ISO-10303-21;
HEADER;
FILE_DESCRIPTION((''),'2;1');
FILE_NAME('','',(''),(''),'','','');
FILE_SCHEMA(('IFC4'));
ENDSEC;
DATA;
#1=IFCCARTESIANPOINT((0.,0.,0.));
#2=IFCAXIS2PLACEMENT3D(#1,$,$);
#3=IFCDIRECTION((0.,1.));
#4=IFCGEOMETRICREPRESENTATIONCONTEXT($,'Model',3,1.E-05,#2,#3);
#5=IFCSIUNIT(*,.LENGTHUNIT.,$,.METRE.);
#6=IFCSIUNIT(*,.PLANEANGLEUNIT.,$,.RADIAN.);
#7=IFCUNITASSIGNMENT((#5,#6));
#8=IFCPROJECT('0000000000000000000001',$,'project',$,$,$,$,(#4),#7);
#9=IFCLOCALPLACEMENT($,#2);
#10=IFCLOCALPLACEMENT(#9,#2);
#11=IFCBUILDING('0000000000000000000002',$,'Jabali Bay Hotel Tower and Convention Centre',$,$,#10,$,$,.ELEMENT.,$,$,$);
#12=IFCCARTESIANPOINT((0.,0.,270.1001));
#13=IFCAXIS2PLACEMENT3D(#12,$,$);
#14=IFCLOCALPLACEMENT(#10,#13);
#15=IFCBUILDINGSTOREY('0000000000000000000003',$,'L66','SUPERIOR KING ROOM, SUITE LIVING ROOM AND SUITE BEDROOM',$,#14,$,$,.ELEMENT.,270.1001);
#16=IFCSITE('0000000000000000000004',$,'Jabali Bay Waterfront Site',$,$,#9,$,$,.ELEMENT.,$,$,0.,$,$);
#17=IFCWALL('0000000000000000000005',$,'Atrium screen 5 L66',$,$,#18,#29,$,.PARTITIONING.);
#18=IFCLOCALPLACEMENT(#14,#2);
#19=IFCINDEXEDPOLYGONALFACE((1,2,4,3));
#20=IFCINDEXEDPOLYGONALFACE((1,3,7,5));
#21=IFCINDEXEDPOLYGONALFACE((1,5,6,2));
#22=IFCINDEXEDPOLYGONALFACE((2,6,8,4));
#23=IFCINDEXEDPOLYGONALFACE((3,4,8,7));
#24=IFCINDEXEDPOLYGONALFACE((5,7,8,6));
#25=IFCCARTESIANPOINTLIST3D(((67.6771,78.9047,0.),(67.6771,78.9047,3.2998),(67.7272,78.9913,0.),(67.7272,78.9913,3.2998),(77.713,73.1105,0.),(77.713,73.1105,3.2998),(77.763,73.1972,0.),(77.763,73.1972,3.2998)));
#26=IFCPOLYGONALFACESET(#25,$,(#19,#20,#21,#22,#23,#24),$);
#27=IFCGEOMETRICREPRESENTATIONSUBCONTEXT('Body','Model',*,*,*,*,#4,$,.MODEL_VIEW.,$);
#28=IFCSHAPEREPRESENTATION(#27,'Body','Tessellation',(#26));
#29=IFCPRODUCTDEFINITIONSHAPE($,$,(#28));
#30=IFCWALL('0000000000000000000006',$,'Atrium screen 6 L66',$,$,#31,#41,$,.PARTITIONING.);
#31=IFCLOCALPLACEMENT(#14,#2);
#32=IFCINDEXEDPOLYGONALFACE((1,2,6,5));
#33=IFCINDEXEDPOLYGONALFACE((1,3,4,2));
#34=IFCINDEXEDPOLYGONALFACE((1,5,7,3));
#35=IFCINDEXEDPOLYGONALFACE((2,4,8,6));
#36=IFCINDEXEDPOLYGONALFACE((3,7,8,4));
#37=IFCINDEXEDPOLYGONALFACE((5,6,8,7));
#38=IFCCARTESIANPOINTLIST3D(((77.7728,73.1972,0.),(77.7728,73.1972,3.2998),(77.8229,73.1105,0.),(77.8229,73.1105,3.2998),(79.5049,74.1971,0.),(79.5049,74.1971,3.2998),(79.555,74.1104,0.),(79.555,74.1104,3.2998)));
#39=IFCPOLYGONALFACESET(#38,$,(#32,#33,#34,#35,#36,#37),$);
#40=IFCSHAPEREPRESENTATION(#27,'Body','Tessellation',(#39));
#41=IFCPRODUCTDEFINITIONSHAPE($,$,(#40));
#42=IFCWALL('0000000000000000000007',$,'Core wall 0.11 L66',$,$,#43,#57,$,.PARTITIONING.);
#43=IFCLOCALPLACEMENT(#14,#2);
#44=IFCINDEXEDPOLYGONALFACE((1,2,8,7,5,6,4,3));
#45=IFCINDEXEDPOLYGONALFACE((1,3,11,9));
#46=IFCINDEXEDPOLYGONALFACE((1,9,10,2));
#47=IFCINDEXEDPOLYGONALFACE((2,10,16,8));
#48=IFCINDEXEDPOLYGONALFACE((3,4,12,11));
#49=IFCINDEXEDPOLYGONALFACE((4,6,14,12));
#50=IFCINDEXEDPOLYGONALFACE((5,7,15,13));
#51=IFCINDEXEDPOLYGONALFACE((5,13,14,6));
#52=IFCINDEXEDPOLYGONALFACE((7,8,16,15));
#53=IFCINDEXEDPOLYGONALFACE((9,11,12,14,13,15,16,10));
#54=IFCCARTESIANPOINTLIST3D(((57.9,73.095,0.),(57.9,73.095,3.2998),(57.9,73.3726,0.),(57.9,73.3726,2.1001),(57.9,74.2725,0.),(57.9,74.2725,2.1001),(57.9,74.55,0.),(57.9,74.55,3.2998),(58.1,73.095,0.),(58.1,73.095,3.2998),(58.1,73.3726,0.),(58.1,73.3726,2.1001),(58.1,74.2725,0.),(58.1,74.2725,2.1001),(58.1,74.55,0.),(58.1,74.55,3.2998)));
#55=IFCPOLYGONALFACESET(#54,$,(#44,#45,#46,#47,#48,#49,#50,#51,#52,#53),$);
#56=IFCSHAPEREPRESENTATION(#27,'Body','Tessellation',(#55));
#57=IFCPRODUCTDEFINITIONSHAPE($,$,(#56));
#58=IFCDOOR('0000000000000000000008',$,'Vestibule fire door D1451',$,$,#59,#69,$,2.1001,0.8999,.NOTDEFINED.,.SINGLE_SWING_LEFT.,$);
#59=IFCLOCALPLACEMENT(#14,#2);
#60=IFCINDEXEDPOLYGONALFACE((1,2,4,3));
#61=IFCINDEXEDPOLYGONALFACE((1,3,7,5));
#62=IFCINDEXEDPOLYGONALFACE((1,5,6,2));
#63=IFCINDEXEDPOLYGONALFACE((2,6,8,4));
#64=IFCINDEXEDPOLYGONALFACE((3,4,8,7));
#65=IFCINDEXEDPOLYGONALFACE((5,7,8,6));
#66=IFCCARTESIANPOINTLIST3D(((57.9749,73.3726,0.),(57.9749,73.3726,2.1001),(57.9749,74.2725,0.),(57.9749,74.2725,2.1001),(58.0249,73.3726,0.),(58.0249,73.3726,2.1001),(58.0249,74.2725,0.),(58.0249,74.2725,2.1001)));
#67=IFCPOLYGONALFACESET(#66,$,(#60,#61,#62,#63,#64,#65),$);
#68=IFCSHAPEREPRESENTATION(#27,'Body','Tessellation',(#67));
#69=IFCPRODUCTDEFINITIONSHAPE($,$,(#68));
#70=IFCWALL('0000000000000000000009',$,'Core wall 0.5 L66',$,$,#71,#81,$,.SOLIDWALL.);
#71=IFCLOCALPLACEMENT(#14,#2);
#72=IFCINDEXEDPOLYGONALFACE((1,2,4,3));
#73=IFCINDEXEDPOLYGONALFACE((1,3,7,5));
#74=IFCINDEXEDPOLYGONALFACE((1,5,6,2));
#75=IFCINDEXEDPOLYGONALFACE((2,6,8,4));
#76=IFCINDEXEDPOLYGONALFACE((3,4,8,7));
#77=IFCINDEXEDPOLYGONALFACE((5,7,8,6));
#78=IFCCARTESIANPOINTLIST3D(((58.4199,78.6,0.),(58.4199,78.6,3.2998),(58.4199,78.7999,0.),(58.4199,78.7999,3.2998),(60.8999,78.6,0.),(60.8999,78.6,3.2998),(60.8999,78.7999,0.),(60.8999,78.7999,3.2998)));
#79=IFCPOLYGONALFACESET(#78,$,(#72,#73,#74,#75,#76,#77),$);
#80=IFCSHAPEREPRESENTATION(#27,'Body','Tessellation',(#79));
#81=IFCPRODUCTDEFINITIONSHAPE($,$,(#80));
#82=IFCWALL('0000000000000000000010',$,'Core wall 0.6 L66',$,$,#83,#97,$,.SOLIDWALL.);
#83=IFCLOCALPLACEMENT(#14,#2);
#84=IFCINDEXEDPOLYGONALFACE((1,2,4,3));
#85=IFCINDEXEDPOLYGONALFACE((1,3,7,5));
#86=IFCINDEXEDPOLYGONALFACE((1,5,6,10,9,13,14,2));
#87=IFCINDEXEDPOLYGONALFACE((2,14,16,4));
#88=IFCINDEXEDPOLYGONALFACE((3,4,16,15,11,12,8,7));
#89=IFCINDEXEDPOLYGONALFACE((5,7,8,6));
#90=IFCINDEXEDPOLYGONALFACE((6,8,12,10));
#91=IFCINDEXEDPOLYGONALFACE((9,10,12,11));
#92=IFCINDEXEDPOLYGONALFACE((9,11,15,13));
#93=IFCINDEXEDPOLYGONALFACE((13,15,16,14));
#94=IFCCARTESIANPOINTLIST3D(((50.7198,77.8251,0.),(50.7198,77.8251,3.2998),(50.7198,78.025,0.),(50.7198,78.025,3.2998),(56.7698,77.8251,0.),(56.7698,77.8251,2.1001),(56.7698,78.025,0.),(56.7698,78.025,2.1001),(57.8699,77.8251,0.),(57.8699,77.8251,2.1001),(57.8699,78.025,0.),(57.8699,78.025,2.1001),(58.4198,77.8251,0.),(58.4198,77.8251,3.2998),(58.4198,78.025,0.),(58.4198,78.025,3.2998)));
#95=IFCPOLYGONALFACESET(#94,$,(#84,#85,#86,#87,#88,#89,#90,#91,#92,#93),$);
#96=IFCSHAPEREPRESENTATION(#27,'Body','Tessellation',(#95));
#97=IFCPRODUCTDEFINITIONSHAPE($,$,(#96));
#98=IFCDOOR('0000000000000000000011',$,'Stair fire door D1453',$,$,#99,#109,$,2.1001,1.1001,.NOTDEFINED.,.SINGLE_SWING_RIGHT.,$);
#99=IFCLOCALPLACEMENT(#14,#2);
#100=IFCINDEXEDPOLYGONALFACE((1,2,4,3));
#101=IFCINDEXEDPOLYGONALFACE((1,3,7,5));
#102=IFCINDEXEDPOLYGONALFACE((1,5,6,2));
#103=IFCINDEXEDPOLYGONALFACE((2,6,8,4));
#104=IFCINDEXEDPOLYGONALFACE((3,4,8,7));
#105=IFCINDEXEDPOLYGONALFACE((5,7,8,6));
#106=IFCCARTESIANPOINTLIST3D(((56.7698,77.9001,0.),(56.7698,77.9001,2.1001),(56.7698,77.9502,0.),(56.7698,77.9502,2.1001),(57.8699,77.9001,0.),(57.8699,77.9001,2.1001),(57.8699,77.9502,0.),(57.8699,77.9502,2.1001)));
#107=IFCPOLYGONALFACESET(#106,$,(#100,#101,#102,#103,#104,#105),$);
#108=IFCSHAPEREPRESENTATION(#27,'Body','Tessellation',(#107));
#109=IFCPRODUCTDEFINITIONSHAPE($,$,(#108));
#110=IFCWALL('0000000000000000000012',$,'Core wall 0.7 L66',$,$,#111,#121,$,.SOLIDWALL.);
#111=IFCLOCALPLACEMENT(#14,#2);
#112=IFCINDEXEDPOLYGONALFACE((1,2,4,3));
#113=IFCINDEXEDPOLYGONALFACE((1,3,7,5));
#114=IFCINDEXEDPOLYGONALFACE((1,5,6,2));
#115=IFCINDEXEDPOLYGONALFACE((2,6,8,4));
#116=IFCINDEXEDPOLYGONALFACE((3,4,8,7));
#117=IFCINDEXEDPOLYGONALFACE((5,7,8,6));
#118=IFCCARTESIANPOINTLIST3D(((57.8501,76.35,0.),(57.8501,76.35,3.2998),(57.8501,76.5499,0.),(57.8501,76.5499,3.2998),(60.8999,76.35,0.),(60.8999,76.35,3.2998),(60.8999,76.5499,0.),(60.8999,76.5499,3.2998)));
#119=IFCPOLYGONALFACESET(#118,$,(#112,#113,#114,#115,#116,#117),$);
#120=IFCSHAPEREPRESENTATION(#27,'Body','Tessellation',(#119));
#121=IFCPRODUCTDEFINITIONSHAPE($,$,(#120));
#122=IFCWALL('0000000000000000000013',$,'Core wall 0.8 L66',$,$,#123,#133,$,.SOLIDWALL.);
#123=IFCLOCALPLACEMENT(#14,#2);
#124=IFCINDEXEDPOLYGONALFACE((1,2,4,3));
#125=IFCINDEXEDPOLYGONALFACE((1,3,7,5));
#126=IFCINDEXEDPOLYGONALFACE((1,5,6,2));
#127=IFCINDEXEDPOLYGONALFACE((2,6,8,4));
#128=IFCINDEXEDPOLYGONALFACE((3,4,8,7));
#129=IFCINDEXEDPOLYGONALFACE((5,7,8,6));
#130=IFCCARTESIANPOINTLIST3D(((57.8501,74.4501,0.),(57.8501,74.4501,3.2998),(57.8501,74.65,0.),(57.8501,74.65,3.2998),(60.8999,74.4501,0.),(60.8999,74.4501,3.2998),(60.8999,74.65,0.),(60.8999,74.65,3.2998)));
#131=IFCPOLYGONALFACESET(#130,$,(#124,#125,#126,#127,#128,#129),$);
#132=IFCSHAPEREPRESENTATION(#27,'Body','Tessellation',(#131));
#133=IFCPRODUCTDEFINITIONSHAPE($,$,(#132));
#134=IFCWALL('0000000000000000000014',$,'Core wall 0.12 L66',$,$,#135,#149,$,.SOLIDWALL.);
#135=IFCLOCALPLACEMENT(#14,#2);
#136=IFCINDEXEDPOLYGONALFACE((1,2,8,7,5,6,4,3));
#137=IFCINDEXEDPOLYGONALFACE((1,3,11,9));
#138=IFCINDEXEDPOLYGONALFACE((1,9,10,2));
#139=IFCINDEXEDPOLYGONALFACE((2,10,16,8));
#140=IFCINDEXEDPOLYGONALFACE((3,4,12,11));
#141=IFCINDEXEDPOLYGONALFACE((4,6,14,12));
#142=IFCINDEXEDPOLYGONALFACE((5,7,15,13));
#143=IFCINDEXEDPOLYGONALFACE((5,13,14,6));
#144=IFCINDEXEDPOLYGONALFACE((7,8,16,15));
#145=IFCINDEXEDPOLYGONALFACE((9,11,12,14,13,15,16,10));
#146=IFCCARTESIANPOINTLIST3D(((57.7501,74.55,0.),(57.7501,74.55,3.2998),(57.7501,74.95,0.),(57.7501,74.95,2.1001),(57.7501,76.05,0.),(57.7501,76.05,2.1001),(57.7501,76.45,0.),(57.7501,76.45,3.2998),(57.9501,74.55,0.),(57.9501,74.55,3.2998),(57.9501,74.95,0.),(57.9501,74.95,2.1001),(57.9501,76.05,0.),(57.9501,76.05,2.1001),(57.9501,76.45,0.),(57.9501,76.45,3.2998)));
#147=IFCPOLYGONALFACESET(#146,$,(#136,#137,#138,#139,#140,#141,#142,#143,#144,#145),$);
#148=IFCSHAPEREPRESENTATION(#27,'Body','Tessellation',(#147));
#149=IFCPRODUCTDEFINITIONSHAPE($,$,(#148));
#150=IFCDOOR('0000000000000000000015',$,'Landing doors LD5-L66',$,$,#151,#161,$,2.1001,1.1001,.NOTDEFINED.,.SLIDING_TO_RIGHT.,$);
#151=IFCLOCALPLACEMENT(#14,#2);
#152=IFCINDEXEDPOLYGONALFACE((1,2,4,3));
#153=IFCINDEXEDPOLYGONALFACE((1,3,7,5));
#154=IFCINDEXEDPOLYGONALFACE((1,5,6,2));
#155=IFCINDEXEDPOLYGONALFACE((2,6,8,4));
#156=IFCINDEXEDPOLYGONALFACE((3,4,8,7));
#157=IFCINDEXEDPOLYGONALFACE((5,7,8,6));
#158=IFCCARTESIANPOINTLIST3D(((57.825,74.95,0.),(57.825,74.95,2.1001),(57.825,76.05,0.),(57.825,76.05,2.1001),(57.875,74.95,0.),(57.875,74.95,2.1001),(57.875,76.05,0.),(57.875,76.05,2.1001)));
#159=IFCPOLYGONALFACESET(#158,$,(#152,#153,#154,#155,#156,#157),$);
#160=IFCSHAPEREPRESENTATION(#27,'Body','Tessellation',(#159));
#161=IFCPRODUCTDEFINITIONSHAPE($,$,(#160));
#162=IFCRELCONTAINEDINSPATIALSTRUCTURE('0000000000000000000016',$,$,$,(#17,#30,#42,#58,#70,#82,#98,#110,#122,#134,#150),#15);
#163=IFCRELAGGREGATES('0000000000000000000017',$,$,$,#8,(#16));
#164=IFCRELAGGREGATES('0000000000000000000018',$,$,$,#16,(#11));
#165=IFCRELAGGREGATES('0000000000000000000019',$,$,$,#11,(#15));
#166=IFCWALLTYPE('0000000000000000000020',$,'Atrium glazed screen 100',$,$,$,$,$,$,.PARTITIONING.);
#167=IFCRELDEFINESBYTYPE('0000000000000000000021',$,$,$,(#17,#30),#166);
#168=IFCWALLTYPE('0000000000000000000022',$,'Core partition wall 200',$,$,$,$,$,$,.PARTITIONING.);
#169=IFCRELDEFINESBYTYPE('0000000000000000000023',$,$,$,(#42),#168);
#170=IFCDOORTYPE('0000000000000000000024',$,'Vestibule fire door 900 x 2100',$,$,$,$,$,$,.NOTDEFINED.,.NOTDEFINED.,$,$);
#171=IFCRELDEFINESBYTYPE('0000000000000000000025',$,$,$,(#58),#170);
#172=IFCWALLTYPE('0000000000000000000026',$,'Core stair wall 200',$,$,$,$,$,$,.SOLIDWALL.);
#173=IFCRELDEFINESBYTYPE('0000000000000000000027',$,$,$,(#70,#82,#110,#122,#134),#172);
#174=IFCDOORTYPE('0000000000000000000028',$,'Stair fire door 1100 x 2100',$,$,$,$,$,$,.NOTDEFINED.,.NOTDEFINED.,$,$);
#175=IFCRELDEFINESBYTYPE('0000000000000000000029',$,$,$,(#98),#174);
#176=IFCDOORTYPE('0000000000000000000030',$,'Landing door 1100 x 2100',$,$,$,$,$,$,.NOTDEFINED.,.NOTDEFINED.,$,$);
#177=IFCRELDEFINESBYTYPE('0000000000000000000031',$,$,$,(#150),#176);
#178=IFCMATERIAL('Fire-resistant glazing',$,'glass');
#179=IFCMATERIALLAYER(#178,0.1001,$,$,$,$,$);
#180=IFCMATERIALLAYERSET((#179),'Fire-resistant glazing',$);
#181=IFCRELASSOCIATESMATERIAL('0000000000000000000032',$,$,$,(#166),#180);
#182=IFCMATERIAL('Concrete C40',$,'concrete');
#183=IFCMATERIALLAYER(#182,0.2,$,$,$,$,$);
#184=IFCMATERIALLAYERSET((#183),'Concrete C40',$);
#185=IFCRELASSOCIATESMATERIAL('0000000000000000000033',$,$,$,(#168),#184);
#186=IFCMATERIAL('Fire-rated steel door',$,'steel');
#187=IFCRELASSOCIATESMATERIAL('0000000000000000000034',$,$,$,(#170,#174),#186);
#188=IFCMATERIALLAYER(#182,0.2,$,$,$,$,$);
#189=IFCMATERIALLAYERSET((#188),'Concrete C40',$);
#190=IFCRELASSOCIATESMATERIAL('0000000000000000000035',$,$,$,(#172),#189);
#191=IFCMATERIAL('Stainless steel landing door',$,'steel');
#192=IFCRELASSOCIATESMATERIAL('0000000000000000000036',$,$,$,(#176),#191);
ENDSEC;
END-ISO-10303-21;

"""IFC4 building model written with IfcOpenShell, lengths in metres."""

from ifc_helpers import new_model, si_unit, direction, frame, frame_2d, origin, place, context, subcontext, project, spatial, rectangle, extrude, material, layer, layer_set, type_object, element, fill, save


model = new_model("IFC4")

# Units and contexts
model_context = context("Model", 3, precision=1e-05, world=origin(), true_north=direction((0.0, 1.0)))
body_context = subcontext(model_context, "Body", "Model", "MODEL_VIEW")
ifc_project = project(units=[si_unit("LENGTHUNIT", "METRE"), si_unit("PLANEANGLEUNIT", "RADIAN")], contexts=[model_context])

# Site, building, storey
site_placement = place(None, origin())
site = spatial("IfcSite", under=ifc_project, at=site_placement, Name="Jabali Bay Waterfront Site", CompositionType="ELEMENT", RefElevation=0.0)
building_placement = place(site_placement, origin())
building = spatial("IfcBuilding", under=site, at=building_placement, Name="Jabali Bay Hotel Tower and Convention Centre", CompositionType="ELEMENT")
storey_placement = place(building_placement, frame((0.0, 0.0, 270.1001)))
storey = spatial("IfcBuildingStorey", under=building, at=storey_placement, Name="L66", Description="SUPERIOR KING ROOM, SUITE LIVING ROOM AND SUITE BEDROOM", CompositionType="ELEMENT", Elevation=270.1001)

# Walls
ifc_material_1 = material(Name="Fire-resistant glazing", Category="glass")
ifc_layer_1 = layer(ifc_material_1, 0.1001)
ifc_layer_set_1 = layer_set([ifc_layer_1], Name="Fire-resistant glazing")
wall_type_1 = type_object("IfcWallType", Name="Atrium glazed screen 100", PredefinedType="PARTITIONING", material=ifc_layer_set_1)
wall_1_placement = place(storey_placement, frame((67.7021, 78.948, 0.0), z_axis=(0.0, 0.0, 1.0), x_axis=(0.866027, -0.499998, 0.0)))
element("IfcWall", 1, at=wall_1_placement, inside=storey, type_object=wall_type_1, Name="Atrium screen 5 L66", PredefinedType="PARTITIONING", context=body_context, shape_type="SweptSolid", body=[
    extrude(rectangle(XDim=11.5884, YDim=0.1001, at=frame_2d((5.7942, 0.0))), origin(), (0.0, 0.0, 1.0), 3.2998),
])
wall_2_placement = place(storey_placement, frame((77.7979, 73.1538, 0.0), z_axis=(0.0, 0.0, 1.0), x_axis=(0.866041, 0.499973, 0.0)))
element("IfcWall", 2, at=wall_2_placement, inside=storey, type_object=wall_type_1, Name="Atrium screen 6 L66", PredefinedType="PARTITIONING", context=body_context, shape_type="SweptSolid", body=[
    extrude(rectangle(XDim=2.0, YDim=0.1001, at=frame_2d((1.0, 0.0))), origin(), (0.0, 0.0, 1.0), 3.2998),
])

# Wall, opening, door
ifc_material_2 = material(Name="Concrete C40", Category="concrete")
ifc_layer_2 = layer(ifc_material_2, 0.2)
ifc_layer_set_2 = layer_set([ifc_layer_2], Name="Concrete C40")
wall_type_2 = type_object("IfcWallType", Name="Core partition wall 200", PredefinedType="PARTITIONING", material=ifc_layer_set_2)
wall_3_placement = place(storey_placement, frame((58.0, 74.55, 0.0), z_axis=(0.0, 0.0, 1.0), x_axis=(0.0, -1.0, 0.0)))
wall_3 = element("IfcWall", 3, at=wall_3_placement, inside=storey, type_object=wall_type_2, Name="Core wall 0.11 L66", PredefinedType="PARTITIONING", context=body_context, shape_type="SweptSolid", body=[
    extrude(rectangle(XDim=1.4551, YDim=0.2, at=frame_2d((0.7275, 0.0))), origin(), (0.0, 0.0, 1.0), 3.2998),
])
opening_1_placement = place(wall_3_placement, frame((0.2776, 0.0, 0.0)))
opening_1 = element("IfcOpeningElement", 4, at=opening_1_placement, cuts=wall_3, PredefinedType="OPENING", context=body_context, shape_type="SweptSolid", body=[
    extrude(rectangle(XDim=0.8999, YDim=2.1001, at=frame_2d((0.45, 1.05))), frame((0.0, 0.1104, 0.0), z_axis=(0.0, -1.0, 0.0), x_axis=(1.0, 0.0, 0.0)), (0.0, 0.0, 1.0), 0.2209),
])
ifc_material_3 = material(Name="Fire-rated steel door", Category="steel")
door_type_1 = type_object("IfcDoorType", Name="Vestibule fire door 900 x 2100", OperationType="NOTDEFINED", PredefinedType="NOTDEFINED", material=ifc_material_3)
door_1_placement = place(opening_1_placement, origin())
door_1 = element("IfcDoor", 5, at=door_1_placement, inside=storey, type_object=door_type_1, Name="Vestibule fire door D1451", OperationType="SINGLE_SWING_LEFT", OverallHeight=2.1001, OverallWidth=0.8999, PredefinedType="NOTDEFINED", context=body_context, shape_type="SweptSolid", body=[
    extrude(rectangle(XDim=0.8999, YDim=2.1001, at=frame_2d((0.45, 1.05))), frame((0.0, 0.0249, 0.0), z_axis=(0.0, -1.0, 0.0), x_axis=(1.0, 0.0, 0.0)), (0.0, 0.0, 1.0), 0.05),
])
fill(opening_1, door_1)

# Wall
ifc_layer_3 = layer(ifc_material_2, 0.2)
ifc_layer_set_3 = layer_set([ifc_layer_3], Name="Concrete C40")
wall_type_3 = type_object("IfcWallType", Name="Core stair wall 200", PredefinedType="SOLIDWALL", material=ifc_layer_set_3)
wall_4_placement = place(storey_placement, frame((60.8999, 78.7, 0.0), z_axis=(0.0, 0.0, 1.0), x_axis=(-1.0, 0.0, 0.0)))
element("IfcWall", 6, at=wall_4_placement, inside=storey, type_object=wall_type_3, Name="Core wall 0.5 L66", PredefinedType="SOLIDWALL", context=body_context, shape_type="SweptSolid", body=[
    extrude(rectangle(XDim=2.48, YDim=0.2, at=frame_2d((1.24, 0.0))), origin(), (0.0, 0.0, 1.0), 3.2998),
])

# Wall, opening, door
wall_5_placement = place(storey_placement, frame((58.4199, 77.925, 0.0), z_axis=(0.0, 0.0, 1.0), x_axis=(-1.0, 0.0, 0.0)))
wall_5 = element("IfcWall", 7, at=wall_5_placement, inside=storey, type_object=wall_type_3, Name="Core wall 0.6 L66", PredefinedType="SOLIDWALL", context=body_context, shape_type="SweptSolid", body=[
    extrude(rectangle(XDim=7.7, YDim=0.2, at=frame_2d((3.8501, 0.0))), origin(), (0.0, 0.0, 1.0), 3.2998),
])
opening_2_placement = place(wall_5_placement, frame((0.55, 0.0, 0.0)))
opening_2 = element("IfcOpeningElement", 8, at=opening_2_placement, cuts=wall_5, PredefinedType="OPENING", context=body_context, shape_type="SweptSolid", body=[
    extrude(rectangle(XDim=1.1001, YDim=2.1001, at=frame_2d((0.55, 1.05))), frame((0.0, 0.1104, 0.0), z_axis=(0.0, -1.0, 0.0), x_axis=(1.0, 0.0, 0.0)), (0.0, 0.0, 1.0), 0.2209),
])
door_type_2 = type_object("IfcDoorType", Name="Stair fire door 1100 x 2100", OperationType="NOTDEFINED", PredefinedType="NOTDEFINED", material=ifc_material_3)
door_2_placement = place(opening_2_placement, origin())
door_2 = element("IfcDoor", 9, at=door_2_placement, inside=storey, type_object=door_type_2, Name="Stair fire door D1453", OperationType="SINGLE_SWING_RIGHT", OverallHeight=2.1001, OverallWidth=1.1001, PredefinedType="NOTDEFINED", context=body_context, shape_type="SweptSolid", body=[
    extrude(rectangle(XDim=1.1001, YDim=2.1001, at=frame_2d((0.55, 1.05))), frame((0.0, 0.0249, 0.0), z_axis=(0.0, -1.0, 0.0), x_axis=(1.0, 0.0, 0.0)), (0.0, 0.0, 1.0), 0.05),
])
fill(opening_2, door_2)

# Walls
for number, where, z_axis, x_axis, name in (
    (10, (60.8999, 76.45, 0.0), (0.0, 0.0, 1.0), (-1.0, 0.0, 0.0), "Core wall 0.7 L66"),
    (11, (60.8999, 74.55, 0.0), (0.0, 0.0, 1.0), (-1.0, 0.0, 0.0), "Core wall 0.8 L66"),
):
    element("IfcWall", number, at=place(storey_placement, frame(where, z_axis=z_axis, x_axis=x_axis)), inside=storey, type_object=wall_type_3, Name=name, PredefinedType="SOLIDWALL", context=body_context, shape_type="SweptSolid", body=[
        extrude(rectangle(XDim=3.0498, YDim=0.2, at=frame_2d((1.5249, 0.0))), origin(), (0.0, 0.0, 1.0), 3.2998),
    ])

# Wall, opening, door
wall_6_placement = place(storey_placement, frame((57.8501, 76.45, 0.0), z_axis=(0.0, 0.0, 1.0), x_axis=(0.0, -1.0, 0.0)))
wall_6 = element("IfcWall", 12, at=wall_6_placement, inside=storey, type_object=wall_type_3, Name="Core wall 0.12 L66", PredefinedType="SOLIDWALL", context=body_context, shape_type="SweptSolid", body=[
    extrude(rectangle(XDim=1.8999, YDim=0.2, at=frame_2d((0.95, 0.0))), origin(), (0.0, 0.0, 1.0), 3.2998),
])
opening_3_placement = place(wall_6_placement, frame((0.3999, 0.0, 0.0)))
opening_3 = element("IfcOpeningElement", 13, at=opening_3_placement, cuts=wall_6, PredefinedType="OPENING", context=body_context, shape_type="SweptSolid", body=[
    extrude(rectangle(XDim=1.1001, YDim=2.1001, at=frame_2d((0.55, 1.05))), frame((0.0, 0.1104, 0.0), z_axis=(0.0, -1.0, 0.0), x_axis=(1.0, 0.0, 0.0)), (0.0, 0.0, 1.0), 0.2209),
])
ifc_material_4 = material(Name="Stainless steel landing door", Category="steel")
door_type_3 = type_object("IfcDoorType", Name="Landing door 1100 x 2100", OperationType="NOTDEFINED", PredefinedType="NOTDEFINED", material=ifc_material_4)
door_3_placement = place(opening_3_placement, origin())
door_3 = element("IfcDoor", 14, at=door_3_placement, inside=storey, type_object=door_type_3, Name="Landing doors LD5-L66", OperationType="SLIDING_TO_RIGHT", OverallHeight=2.1001, OverallWidth=1.1001, PredefinedType="NOTDEFINED", context=body_context, shape_type="SweptSolid", body=[
    extrude(rectangle(XDim=1.1001, YDim=2.1001, at=frame_2d((0.55, 1.05))), frame((0.0, 0.0249, 0.0), z_axis=(0.0, -1.0, 0.0), x_axis=(1.0, 0.0, 0.0)), (0.0, 0.0, 1.0), 0.05),
])
fill(opening_3, door_3)

save(model, "model.ifc")
